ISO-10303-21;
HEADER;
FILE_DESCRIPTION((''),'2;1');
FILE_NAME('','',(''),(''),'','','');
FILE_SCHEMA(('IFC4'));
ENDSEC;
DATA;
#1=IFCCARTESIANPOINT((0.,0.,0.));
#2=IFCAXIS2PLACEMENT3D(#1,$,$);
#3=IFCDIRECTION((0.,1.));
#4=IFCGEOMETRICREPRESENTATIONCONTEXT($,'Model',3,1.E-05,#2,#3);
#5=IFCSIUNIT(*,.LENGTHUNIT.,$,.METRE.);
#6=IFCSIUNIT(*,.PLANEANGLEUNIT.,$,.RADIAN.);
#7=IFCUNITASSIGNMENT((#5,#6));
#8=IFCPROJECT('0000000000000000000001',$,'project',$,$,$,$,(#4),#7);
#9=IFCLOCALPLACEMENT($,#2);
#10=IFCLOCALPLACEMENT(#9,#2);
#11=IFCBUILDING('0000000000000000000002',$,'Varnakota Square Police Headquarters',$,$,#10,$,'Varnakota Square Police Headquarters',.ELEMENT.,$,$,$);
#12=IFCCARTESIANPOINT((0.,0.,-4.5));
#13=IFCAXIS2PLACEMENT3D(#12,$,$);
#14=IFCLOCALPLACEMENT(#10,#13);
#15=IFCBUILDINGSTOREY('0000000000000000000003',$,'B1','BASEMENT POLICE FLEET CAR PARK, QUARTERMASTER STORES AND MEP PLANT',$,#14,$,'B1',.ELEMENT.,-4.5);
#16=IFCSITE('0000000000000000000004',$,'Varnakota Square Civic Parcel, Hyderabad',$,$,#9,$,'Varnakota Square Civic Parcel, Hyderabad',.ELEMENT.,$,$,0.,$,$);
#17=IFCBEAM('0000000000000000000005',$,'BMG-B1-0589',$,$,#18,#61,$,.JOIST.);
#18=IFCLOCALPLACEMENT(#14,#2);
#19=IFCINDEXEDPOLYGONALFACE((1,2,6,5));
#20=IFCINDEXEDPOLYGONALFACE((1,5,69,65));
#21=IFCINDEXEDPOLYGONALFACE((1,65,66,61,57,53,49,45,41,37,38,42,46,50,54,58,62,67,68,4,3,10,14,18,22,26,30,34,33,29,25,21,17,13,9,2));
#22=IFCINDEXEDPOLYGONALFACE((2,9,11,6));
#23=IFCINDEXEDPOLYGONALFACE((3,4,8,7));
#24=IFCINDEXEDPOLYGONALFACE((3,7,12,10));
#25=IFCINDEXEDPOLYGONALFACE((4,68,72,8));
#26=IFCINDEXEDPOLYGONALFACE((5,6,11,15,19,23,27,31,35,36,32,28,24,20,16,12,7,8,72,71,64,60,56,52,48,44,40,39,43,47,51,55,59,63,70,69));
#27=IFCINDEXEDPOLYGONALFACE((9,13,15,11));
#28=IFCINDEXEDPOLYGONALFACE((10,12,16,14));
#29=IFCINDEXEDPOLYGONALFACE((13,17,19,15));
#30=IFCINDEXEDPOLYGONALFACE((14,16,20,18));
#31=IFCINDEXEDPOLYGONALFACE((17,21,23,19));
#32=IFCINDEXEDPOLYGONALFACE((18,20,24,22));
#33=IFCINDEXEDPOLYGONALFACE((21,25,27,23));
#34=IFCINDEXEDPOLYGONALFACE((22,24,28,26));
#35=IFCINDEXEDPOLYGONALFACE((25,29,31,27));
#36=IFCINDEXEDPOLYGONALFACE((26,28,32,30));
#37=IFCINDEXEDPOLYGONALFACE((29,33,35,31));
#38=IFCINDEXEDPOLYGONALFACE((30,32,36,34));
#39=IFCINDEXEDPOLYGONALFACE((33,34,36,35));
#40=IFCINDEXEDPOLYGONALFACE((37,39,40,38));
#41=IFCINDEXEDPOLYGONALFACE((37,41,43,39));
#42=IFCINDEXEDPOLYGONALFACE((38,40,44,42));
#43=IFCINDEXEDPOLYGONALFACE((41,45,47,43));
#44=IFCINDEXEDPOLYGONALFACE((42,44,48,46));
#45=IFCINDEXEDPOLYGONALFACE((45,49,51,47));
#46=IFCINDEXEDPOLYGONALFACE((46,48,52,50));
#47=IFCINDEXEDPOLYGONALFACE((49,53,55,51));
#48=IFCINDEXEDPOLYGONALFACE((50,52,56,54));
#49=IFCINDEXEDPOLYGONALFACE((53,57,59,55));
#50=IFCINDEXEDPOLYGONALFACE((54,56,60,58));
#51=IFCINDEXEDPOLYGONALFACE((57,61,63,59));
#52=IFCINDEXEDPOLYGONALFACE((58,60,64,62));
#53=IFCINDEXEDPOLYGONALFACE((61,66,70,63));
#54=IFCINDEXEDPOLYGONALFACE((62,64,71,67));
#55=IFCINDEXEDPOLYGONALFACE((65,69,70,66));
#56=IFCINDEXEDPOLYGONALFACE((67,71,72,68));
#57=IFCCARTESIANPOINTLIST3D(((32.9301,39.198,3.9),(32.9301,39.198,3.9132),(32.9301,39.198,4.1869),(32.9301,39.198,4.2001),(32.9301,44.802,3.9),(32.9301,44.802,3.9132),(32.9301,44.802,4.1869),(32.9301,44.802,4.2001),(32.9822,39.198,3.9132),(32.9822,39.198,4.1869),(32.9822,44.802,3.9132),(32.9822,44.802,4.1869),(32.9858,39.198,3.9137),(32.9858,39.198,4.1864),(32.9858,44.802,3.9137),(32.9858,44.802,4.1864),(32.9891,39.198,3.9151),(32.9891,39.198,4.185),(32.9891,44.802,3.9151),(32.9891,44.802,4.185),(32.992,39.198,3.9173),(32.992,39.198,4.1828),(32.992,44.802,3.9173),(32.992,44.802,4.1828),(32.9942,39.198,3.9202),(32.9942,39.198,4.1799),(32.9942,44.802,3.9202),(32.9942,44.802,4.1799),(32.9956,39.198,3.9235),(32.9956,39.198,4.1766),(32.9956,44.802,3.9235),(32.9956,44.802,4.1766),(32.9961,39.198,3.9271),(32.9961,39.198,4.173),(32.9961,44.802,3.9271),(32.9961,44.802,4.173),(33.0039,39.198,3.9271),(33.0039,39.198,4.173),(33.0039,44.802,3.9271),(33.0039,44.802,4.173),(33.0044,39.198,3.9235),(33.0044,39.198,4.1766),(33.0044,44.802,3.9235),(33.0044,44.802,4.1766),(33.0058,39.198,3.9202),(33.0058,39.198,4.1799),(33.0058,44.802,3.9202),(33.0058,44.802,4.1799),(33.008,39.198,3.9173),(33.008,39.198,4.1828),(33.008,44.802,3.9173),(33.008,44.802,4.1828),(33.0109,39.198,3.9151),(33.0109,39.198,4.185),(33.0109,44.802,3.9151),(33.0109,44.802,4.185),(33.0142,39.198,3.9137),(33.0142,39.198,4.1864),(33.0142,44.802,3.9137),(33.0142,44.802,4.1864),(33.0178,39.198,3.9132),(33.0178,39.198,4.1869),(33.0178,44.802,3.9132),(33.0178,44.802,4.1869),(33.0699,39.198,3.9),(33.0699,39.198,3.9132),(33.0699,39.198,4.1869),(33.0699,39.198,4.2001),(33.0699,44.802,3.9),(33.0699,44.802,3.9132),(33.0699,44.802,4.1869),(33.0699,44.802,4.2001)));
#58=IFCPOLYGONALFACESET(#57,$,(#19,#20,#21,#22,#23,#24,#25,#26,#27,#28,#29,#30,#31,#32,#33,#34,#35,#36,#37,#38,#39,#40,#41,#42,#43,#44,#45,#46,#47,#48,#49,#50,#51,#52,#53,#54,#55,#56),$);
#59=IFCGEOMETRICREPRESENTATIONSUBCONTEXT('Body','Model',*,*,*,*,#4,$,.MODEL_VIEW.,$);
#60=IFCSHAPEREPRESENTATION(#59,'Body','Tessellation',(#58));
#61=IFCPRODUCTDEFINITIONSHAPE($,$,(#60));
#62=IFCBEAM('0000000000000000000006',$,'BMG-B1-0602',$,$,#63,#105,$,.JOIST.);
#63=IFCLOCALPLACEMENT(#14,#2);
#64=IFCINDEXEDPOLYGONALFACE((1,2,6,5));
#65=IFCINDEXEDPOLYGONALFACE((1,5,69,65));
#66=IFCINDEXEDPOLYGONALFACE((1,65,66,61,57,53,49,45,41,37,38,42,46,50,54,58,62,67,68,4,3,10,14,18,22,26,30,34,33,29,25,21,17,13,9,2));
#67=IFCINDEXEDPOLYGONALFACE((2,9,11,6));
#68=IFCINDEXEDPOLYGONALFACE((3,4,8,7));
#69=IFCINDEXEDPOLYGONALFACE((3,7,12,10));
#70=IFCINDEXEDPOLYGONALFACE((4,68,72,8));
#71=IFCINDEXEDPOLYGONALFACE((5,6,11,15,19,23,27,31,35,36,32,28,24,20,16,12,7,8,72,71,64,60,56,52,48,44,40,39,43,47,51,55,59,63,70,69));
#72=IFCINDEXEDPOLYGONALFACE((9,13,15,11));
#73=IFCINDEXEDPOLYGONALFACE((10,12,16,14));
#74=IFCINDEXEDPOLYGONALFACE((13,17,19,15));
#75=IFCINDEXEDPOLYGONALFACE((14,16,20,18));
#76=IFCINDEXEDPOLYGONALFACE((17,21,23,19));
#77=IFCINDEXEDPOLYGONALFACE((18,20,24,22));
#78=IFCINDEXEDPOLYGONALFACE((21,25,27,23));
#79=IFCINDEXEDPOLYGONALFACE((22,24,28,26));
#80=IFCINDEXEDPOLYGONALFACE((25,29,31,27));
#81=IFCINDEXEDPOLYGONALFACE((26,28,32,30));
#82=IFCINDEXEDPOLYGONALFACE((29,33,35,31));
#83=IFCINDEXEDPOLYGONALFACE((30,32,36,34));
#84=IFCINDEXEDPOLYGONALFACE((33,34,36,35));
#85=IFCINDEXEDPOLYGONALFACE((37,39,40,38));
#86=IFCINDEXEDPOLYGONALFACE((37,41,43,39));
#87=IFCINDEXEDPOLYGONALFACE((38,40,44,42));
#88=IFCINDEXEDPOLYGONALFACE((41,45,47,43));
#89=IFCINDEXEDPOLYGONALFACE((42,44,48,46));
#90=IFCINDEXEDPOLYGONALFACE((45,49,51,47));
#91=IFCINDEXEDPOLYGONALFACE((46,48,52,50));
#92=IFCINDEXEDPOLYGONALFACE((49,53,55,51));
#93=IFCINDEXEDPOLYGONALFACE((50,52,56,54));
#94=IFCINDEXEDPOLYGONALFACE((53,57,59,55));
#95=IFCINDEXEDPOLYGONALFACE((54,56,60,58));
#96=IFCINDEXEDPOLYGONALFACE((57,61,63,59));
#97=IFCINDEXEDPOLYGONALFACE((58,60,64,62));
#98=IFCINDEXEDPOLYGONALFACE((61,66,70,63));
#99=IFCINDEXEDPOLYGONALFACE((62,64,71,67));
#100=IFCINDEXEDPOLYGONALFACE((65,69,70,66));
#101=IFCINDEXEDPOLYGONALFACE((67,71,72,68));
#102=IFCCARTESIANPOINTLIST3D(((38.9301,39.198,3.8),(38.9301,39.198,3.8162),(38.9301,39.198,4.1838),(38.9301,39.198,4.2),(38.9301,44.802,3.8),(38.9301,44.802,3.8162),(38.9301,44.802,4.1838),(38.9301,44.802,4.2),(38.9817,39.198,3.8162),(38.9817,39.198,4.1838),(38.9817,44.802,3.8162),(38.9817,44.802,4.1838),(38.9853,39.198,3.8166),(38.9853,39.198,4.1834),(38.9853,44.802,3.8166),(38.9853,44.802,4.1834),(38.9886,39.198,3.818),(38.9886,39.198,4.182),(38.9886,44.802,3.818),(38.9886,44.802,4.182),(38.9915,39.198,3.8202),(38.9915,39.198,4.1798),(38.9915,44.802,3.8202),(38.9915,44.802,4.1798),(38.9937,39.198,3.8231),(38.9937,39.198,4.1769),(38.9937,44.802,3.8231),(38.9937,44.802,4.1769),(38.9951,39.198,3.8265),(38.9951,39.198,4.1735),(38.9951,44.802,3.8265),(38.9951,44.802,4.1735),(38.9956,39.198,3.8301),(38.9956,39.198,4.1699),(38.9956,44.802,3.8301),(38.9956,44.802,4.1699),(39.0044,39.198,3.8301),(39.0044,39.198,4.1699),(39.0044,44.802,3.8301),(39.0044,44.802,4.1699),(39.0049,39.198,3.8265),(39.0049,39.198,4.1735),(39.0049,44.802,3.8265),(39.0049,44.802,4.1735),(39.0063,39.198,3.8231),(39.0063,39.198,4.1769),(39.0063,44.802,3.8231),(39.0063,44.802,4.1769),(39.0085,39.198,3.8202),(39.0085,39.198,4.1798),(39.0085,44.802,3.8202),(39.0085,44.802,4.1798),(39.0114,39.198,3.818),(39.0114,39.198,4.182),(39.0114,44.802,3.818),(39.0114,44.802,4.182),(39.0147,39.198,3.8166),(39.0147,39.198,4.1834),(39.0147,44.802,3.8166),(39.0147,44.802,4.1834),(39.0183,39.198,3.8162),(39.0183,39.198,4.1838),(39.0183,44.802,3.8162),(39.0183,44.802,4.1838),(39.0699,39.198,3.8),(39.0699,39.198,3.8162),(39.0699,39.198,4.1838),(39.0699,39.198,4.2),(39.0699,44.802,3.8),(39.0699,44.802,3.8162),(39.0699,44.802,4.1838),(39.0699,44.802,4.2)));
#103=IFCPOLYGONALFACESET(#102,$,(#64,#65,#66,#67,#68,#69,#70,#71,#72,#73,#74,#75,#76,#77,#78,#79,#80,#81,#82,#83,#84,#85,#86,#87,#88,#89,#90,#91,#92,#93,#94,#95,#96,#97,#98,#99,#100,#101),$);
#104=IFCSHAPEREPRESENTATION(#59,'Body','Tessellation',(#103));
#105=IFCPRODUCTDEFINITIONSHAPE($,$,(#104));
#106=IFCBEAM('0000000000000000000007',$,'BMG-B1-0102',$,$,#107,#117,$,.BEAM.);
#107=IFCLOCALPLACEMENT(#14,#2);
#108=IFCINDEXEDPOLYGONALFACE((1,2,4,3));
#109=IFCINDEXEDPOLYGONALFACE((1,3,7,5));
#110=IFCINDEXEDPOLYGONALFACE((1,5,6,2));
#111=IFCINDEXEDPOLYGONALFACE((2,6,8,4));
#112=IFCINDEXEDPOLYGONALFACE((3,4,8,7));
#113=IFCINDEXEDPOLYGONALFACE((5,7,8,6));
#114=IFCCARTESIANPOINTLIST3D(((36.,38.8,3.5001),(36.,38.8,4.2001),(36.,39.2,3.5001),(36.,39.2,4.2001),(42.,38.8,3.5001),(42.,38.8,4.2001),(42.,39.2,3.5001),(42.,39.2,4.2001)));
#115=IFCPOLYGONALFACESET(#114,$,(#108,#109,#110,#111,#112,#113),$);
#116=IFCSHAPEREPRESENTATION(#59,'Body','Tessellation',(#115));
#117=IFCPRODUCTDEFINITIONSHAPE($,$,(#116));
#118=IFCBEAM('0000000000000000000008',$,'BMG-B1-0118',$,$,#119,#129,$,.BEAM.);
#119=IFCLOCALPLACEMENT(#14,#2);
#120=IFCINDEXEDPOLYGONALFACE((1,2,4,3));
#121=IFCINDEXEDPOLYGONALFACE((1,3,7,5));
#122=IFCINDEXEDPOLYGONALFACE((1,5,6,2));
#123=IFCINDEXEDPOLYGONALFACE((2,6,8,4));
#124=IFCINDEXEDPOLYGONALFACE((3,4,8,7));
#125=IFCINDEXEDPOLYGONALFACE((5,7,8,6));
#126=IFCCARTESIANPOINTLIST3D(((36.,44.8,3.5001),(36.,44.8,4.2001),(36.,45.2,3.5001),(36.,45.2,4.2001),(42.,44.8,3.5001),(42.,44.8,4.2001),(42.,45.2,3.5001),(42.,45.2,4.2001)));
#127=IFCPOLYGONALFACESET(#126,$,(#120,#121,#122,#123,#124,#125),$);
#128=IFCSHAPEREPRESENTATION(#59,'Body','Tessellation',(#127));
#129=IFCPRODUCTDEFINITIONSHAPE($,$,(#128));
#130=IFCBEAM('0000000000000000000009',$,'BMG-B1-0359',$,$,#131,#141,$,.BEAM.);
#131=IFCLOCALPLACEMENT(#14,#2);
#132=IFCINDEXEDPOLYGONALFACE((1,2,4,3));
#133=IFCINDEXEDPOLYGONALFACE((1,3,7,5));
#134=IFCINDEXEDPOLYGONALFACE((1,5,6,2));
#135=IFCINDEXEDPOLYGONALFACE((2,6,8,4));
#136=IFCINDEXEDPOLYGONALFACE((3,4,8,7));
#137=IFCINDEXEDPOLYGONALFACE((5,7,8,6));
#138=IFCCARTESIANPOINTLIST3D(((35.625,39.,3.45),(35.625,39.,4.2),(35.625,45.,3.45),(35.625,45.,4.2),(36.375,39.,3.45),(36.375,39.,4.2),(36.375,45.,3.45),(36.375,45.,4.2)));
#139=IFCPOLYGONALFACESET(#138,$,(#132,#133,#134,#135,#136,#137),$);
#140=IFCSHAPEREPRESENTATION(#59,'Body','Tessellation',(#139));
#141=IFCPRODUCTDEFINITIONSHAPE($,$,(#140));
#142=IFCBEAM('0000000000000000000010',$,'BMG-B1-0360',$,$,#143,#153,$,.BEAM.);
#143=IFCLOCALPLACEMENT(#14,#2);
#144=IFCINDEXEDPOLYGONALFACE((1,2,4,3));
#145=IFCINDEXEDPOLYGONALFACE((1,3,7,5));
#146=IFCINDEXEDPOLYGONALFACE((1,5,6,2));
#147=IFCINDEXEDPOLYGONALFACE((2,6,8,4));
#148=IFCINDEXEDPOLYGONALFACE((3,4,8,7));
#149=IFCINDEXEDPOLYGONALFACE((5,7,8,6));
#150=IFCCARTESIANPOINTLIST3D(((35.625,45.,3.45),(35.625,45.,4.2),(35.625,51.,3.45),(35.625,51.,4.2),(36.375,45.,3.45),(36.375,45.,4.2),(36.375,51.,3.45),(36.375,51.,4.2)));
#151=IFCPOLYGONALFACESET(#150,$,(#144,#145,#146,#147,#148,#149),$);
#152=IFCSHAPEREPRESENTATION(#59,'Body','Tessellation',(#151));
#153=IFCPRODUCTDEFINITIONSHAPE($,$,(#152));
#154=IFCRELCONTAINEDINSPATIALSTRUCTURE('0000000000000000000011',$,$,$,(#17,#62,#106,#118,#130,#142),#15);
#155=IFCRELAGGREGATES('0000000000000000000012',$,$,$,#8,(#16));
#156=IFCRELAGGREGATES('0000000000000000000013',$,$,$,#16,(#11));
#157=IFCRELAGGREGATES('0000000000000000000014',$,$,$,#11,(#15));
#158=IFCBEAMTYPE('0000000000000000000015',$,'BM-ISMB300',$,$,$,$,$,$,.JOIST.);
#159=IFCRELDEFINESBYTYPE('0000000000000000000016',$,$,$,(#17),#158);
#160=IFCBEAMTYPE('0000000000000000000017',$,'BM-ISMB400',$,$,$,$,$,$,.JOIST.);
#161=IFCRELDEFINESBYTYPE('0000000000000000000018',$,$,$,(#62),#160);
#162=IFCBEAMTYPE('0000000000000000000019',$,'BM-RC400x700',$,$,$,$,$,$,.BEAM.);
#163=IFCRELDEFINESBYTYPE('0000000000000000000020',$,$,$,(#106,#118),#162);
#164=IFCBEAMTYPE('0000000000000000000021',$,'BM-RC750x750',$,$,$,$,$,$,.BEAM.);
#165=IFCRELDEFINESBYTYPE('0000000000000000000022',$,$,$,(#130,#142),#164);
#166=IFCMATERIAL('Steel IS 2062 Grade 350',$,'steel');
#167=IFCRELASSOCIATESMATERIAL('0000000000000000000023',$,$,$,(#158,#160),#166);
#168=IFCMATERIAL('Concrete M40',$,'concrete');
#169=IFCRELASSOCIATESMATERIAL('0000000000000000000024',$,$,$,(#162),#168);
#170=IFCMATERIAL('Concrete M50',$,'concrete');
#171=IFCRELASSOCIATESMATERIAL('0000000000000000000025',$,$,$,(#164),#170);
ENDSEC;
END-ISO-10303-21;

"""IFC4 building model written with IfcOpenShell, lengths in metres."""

from ifc_helpers import new_model, si_unit, direction, frame, origin, origin_2d, place, context, subcontext, project, spatial, rectangle, i_section, extrude, material, material_profile, profile_set, type_object, element, save


model = new_model("IFC4")

# Units and contexts
model_context = context("Model", 3, precision=1e-05, world=origin(), true_north=direction((0.0, 1.0)))
body_context = subcontext(model_context, "Body", "Model", "MODEL_VIEW")
ifc_project = project(units=[si_unit("LENGTHUNIT", "METRE"), si_unit("PLANEANGLEUNIT", "RADIAN")], contexts=[model_context])

# Site, building, storey
site_placement = place(None, origin())
site = spatial("IfcSite", under=ifc_project, at=site_placement, Name="Varnakota Square Civic Parcel, Hyderabad", LongName="Varnakota Square Civic Parcel, Hyderabad", CompositionType="ELEMENT", RefElevation=0.0)
building_placement = place(site_placement, origin())
building = spatial("IfcBuilding", under=site, at=building_placement, Name="Varnakota Square Police Headquarters", LongName="Varnakota Square Police Headquarters", CompositionType="ELEMENT")
storey_placement = place(building_placement, frame((0.0, 0.0, -4.5)))
storey = spatial("IfcBuildingStorey", under=building, at=storey_placement, Name="B1", Description="BASEMENT POLICE FLEET CAR PARK, QUARTERMASTER STORES AND MEP PLANT", LongName="B1", CompositionType="ELEMENT", Elevation=-4.5)

# Shared definitions
ifc_material_1 = material(Name="Concrete M50", Category="concrete")

# Beams
ifc_material_2 = material(Name="Steel IS 2062 Grade 350", Category="steel")
ifc_material_profile_1 = material_profile(ifc_material_2, i_section(OverallWidth=0.1399, OverallDepth=0.3, WebThickness=0.0078, FlangeThickness=0.0132, FilletRadius=0.0139, at=origin_2d()), Name="ISMB 300")
ifc_profile_set_1 = profile_set([ifc_material_profile_1], Name="Steel IS 2062 Grade 350")
beam_type_1 = type_object("IfcBeamType", Name="BM-ISMB300", PredefinedType="JOIST", material=ifc_profile_set_1)
beam_1_placement = place(storey_placement, frame((33.0, 39.198, 4.05), z_axis=(0.0, 1.0, 0.0), x_axis=(-1.0, 0.0, 0.0)))
element("IfcBeam", 1, at=beam_1_placement, inside=storey, type_object=beam_type_1, Name="BMG-B1-0589", PredefinedType="JOIST", context=body_context, shape_type="SweptSolid", body=[
    extrude(i_section(OverallWidth=0.1399, OverallDepth=0.3, WebThickness=0.0078, FlangeThickness=0.0132, FilletRadius=0.0139, at=origin_2d()), origin(), (0.0, 0.0, 1.0), 5.604),
])
ifc_material_profile_2 = material_profile(ifc_material_2, i_section(OverallWidth=0.1399, OverallDepth=0.3999, WebThickness=0.0088, FlangeThickness=0.0161, FilletRadius=0.0139, at=origin_2d()), Name="ISMB 400")
ifc_profile_set_2 = profile_set([ifc_material_profile_2], Name="Steel IS 2062 Grade 350")
beam_type_2 = type_object("IfcBeamType", Name="BM-ISMB400", PredefinedType="JOIST", material=ifc_profile_set_2)
beam_2_placement = place(storey_placement, frame((39.0, 39.198, 4.0), z_axis=(0.0, 1.0, 0.0), x_axis=(-1.0, 0.0, 0.0)))
element("IfcBeam", 2, at=beam_2_placement, inside=storey, type_object=beam_type_2, Name="BMG-B1-0602", PredefinedType="JOIST", context=body_context, shape_type="SweptSolid", body=[
    extrude(i_section(OverallWidth=0.1399, OverallDepth=0.3999, WebThickness=0.0088, FlangeThickness=0.0161, FilletRadius=0.0139, at=origin_2d()), origin(), (0.0, 0.0, 1.0), 5.604),
])
ifc_material_3 = material(Name="Concrete M40", Category="concrete")
ifc_material_profile_3 = material_profile(ifc_material_3, rectangle(XDim=0.3999, YDim=0.7, at=origin_2d()), Name="RC 400x700")
ifc_profile_set_3 = profile_set([ifc_material_profile_3], Name="Concrete M40")
beam_type_3 = type_object("IfcBeamType", Name="BM-RC400x700", PredefinedType="BEAM", material=ifc_profile_set_3)
for number, where, z_axis, x_axis, name in (
    (3, (36.0, 39.0, 3.8501), (1.0, 0.0, 0.0), (0.0, 1.0, 0.0), "BMG-B1-0102"),
    (4, (36.0, 45.0, 3.8501), (1.0, 0.0, 0.0), (0.0, 1.0, 0.0), "BMG-B1-0118"),
):
    element("IfcBeam", number, at=place(storey_placement, frame(where, z_axis=z_axis, x_axis=x_axis)), inside=storey, type_object=beam_type_3, Name=name, PredefinedType="BEAM", context=body_context, shape_type="SweptSolid", body=[
        extrude(rectangle(XDim=0.3999, YDim=0.7, at=origin_2d()), origin(), (0.0, 0.0, 1.0), 6.0),
    ])
ifc_material_profile_4 = material_profile(ifc_material_1, rectangle(XDim=0.75, YDim=0.75, at=origin_2d()), Name="RC 750x750")
ifc_profile_set_4 = profile_set([ifc_material_profile_4], Name="Concrete M50")
beam_type_4 = type_object("IfcBeamType", Name="BM-RC750x750", PredefinedType="BEAM", material=ifc_profile_set_4)
for number, where, z_axis, x_axis, name in (
    (5, (36.0, 39.0, 3.825), (0.0, 1.0, 0.0), (-1.0, 0.0, 0.0), "BMG-B1-0359"),
    (6, (36.0, 45.0, 3.825), (0.0, 1.0, 0.0), (-1.0, 0.0, 0.0), "BMG-B1-0360"),
):
    element("IfcBeam", number, at=place(storey_placement, frame(where, z_axis=z_axis, x_axis=x_axis)), inside=storey, type_object=beam_type_4, Name=name, PredefinedType="BEAM", context=body_context, shape_type="SweptSolid", body=[
        extrude(rectangle(XDim=0.75, YDim=0.75, at=origin_2d()), origin(), (0.0, 0.0, 1.0), 6.0),
    ])

save(model, "model.ifc")
